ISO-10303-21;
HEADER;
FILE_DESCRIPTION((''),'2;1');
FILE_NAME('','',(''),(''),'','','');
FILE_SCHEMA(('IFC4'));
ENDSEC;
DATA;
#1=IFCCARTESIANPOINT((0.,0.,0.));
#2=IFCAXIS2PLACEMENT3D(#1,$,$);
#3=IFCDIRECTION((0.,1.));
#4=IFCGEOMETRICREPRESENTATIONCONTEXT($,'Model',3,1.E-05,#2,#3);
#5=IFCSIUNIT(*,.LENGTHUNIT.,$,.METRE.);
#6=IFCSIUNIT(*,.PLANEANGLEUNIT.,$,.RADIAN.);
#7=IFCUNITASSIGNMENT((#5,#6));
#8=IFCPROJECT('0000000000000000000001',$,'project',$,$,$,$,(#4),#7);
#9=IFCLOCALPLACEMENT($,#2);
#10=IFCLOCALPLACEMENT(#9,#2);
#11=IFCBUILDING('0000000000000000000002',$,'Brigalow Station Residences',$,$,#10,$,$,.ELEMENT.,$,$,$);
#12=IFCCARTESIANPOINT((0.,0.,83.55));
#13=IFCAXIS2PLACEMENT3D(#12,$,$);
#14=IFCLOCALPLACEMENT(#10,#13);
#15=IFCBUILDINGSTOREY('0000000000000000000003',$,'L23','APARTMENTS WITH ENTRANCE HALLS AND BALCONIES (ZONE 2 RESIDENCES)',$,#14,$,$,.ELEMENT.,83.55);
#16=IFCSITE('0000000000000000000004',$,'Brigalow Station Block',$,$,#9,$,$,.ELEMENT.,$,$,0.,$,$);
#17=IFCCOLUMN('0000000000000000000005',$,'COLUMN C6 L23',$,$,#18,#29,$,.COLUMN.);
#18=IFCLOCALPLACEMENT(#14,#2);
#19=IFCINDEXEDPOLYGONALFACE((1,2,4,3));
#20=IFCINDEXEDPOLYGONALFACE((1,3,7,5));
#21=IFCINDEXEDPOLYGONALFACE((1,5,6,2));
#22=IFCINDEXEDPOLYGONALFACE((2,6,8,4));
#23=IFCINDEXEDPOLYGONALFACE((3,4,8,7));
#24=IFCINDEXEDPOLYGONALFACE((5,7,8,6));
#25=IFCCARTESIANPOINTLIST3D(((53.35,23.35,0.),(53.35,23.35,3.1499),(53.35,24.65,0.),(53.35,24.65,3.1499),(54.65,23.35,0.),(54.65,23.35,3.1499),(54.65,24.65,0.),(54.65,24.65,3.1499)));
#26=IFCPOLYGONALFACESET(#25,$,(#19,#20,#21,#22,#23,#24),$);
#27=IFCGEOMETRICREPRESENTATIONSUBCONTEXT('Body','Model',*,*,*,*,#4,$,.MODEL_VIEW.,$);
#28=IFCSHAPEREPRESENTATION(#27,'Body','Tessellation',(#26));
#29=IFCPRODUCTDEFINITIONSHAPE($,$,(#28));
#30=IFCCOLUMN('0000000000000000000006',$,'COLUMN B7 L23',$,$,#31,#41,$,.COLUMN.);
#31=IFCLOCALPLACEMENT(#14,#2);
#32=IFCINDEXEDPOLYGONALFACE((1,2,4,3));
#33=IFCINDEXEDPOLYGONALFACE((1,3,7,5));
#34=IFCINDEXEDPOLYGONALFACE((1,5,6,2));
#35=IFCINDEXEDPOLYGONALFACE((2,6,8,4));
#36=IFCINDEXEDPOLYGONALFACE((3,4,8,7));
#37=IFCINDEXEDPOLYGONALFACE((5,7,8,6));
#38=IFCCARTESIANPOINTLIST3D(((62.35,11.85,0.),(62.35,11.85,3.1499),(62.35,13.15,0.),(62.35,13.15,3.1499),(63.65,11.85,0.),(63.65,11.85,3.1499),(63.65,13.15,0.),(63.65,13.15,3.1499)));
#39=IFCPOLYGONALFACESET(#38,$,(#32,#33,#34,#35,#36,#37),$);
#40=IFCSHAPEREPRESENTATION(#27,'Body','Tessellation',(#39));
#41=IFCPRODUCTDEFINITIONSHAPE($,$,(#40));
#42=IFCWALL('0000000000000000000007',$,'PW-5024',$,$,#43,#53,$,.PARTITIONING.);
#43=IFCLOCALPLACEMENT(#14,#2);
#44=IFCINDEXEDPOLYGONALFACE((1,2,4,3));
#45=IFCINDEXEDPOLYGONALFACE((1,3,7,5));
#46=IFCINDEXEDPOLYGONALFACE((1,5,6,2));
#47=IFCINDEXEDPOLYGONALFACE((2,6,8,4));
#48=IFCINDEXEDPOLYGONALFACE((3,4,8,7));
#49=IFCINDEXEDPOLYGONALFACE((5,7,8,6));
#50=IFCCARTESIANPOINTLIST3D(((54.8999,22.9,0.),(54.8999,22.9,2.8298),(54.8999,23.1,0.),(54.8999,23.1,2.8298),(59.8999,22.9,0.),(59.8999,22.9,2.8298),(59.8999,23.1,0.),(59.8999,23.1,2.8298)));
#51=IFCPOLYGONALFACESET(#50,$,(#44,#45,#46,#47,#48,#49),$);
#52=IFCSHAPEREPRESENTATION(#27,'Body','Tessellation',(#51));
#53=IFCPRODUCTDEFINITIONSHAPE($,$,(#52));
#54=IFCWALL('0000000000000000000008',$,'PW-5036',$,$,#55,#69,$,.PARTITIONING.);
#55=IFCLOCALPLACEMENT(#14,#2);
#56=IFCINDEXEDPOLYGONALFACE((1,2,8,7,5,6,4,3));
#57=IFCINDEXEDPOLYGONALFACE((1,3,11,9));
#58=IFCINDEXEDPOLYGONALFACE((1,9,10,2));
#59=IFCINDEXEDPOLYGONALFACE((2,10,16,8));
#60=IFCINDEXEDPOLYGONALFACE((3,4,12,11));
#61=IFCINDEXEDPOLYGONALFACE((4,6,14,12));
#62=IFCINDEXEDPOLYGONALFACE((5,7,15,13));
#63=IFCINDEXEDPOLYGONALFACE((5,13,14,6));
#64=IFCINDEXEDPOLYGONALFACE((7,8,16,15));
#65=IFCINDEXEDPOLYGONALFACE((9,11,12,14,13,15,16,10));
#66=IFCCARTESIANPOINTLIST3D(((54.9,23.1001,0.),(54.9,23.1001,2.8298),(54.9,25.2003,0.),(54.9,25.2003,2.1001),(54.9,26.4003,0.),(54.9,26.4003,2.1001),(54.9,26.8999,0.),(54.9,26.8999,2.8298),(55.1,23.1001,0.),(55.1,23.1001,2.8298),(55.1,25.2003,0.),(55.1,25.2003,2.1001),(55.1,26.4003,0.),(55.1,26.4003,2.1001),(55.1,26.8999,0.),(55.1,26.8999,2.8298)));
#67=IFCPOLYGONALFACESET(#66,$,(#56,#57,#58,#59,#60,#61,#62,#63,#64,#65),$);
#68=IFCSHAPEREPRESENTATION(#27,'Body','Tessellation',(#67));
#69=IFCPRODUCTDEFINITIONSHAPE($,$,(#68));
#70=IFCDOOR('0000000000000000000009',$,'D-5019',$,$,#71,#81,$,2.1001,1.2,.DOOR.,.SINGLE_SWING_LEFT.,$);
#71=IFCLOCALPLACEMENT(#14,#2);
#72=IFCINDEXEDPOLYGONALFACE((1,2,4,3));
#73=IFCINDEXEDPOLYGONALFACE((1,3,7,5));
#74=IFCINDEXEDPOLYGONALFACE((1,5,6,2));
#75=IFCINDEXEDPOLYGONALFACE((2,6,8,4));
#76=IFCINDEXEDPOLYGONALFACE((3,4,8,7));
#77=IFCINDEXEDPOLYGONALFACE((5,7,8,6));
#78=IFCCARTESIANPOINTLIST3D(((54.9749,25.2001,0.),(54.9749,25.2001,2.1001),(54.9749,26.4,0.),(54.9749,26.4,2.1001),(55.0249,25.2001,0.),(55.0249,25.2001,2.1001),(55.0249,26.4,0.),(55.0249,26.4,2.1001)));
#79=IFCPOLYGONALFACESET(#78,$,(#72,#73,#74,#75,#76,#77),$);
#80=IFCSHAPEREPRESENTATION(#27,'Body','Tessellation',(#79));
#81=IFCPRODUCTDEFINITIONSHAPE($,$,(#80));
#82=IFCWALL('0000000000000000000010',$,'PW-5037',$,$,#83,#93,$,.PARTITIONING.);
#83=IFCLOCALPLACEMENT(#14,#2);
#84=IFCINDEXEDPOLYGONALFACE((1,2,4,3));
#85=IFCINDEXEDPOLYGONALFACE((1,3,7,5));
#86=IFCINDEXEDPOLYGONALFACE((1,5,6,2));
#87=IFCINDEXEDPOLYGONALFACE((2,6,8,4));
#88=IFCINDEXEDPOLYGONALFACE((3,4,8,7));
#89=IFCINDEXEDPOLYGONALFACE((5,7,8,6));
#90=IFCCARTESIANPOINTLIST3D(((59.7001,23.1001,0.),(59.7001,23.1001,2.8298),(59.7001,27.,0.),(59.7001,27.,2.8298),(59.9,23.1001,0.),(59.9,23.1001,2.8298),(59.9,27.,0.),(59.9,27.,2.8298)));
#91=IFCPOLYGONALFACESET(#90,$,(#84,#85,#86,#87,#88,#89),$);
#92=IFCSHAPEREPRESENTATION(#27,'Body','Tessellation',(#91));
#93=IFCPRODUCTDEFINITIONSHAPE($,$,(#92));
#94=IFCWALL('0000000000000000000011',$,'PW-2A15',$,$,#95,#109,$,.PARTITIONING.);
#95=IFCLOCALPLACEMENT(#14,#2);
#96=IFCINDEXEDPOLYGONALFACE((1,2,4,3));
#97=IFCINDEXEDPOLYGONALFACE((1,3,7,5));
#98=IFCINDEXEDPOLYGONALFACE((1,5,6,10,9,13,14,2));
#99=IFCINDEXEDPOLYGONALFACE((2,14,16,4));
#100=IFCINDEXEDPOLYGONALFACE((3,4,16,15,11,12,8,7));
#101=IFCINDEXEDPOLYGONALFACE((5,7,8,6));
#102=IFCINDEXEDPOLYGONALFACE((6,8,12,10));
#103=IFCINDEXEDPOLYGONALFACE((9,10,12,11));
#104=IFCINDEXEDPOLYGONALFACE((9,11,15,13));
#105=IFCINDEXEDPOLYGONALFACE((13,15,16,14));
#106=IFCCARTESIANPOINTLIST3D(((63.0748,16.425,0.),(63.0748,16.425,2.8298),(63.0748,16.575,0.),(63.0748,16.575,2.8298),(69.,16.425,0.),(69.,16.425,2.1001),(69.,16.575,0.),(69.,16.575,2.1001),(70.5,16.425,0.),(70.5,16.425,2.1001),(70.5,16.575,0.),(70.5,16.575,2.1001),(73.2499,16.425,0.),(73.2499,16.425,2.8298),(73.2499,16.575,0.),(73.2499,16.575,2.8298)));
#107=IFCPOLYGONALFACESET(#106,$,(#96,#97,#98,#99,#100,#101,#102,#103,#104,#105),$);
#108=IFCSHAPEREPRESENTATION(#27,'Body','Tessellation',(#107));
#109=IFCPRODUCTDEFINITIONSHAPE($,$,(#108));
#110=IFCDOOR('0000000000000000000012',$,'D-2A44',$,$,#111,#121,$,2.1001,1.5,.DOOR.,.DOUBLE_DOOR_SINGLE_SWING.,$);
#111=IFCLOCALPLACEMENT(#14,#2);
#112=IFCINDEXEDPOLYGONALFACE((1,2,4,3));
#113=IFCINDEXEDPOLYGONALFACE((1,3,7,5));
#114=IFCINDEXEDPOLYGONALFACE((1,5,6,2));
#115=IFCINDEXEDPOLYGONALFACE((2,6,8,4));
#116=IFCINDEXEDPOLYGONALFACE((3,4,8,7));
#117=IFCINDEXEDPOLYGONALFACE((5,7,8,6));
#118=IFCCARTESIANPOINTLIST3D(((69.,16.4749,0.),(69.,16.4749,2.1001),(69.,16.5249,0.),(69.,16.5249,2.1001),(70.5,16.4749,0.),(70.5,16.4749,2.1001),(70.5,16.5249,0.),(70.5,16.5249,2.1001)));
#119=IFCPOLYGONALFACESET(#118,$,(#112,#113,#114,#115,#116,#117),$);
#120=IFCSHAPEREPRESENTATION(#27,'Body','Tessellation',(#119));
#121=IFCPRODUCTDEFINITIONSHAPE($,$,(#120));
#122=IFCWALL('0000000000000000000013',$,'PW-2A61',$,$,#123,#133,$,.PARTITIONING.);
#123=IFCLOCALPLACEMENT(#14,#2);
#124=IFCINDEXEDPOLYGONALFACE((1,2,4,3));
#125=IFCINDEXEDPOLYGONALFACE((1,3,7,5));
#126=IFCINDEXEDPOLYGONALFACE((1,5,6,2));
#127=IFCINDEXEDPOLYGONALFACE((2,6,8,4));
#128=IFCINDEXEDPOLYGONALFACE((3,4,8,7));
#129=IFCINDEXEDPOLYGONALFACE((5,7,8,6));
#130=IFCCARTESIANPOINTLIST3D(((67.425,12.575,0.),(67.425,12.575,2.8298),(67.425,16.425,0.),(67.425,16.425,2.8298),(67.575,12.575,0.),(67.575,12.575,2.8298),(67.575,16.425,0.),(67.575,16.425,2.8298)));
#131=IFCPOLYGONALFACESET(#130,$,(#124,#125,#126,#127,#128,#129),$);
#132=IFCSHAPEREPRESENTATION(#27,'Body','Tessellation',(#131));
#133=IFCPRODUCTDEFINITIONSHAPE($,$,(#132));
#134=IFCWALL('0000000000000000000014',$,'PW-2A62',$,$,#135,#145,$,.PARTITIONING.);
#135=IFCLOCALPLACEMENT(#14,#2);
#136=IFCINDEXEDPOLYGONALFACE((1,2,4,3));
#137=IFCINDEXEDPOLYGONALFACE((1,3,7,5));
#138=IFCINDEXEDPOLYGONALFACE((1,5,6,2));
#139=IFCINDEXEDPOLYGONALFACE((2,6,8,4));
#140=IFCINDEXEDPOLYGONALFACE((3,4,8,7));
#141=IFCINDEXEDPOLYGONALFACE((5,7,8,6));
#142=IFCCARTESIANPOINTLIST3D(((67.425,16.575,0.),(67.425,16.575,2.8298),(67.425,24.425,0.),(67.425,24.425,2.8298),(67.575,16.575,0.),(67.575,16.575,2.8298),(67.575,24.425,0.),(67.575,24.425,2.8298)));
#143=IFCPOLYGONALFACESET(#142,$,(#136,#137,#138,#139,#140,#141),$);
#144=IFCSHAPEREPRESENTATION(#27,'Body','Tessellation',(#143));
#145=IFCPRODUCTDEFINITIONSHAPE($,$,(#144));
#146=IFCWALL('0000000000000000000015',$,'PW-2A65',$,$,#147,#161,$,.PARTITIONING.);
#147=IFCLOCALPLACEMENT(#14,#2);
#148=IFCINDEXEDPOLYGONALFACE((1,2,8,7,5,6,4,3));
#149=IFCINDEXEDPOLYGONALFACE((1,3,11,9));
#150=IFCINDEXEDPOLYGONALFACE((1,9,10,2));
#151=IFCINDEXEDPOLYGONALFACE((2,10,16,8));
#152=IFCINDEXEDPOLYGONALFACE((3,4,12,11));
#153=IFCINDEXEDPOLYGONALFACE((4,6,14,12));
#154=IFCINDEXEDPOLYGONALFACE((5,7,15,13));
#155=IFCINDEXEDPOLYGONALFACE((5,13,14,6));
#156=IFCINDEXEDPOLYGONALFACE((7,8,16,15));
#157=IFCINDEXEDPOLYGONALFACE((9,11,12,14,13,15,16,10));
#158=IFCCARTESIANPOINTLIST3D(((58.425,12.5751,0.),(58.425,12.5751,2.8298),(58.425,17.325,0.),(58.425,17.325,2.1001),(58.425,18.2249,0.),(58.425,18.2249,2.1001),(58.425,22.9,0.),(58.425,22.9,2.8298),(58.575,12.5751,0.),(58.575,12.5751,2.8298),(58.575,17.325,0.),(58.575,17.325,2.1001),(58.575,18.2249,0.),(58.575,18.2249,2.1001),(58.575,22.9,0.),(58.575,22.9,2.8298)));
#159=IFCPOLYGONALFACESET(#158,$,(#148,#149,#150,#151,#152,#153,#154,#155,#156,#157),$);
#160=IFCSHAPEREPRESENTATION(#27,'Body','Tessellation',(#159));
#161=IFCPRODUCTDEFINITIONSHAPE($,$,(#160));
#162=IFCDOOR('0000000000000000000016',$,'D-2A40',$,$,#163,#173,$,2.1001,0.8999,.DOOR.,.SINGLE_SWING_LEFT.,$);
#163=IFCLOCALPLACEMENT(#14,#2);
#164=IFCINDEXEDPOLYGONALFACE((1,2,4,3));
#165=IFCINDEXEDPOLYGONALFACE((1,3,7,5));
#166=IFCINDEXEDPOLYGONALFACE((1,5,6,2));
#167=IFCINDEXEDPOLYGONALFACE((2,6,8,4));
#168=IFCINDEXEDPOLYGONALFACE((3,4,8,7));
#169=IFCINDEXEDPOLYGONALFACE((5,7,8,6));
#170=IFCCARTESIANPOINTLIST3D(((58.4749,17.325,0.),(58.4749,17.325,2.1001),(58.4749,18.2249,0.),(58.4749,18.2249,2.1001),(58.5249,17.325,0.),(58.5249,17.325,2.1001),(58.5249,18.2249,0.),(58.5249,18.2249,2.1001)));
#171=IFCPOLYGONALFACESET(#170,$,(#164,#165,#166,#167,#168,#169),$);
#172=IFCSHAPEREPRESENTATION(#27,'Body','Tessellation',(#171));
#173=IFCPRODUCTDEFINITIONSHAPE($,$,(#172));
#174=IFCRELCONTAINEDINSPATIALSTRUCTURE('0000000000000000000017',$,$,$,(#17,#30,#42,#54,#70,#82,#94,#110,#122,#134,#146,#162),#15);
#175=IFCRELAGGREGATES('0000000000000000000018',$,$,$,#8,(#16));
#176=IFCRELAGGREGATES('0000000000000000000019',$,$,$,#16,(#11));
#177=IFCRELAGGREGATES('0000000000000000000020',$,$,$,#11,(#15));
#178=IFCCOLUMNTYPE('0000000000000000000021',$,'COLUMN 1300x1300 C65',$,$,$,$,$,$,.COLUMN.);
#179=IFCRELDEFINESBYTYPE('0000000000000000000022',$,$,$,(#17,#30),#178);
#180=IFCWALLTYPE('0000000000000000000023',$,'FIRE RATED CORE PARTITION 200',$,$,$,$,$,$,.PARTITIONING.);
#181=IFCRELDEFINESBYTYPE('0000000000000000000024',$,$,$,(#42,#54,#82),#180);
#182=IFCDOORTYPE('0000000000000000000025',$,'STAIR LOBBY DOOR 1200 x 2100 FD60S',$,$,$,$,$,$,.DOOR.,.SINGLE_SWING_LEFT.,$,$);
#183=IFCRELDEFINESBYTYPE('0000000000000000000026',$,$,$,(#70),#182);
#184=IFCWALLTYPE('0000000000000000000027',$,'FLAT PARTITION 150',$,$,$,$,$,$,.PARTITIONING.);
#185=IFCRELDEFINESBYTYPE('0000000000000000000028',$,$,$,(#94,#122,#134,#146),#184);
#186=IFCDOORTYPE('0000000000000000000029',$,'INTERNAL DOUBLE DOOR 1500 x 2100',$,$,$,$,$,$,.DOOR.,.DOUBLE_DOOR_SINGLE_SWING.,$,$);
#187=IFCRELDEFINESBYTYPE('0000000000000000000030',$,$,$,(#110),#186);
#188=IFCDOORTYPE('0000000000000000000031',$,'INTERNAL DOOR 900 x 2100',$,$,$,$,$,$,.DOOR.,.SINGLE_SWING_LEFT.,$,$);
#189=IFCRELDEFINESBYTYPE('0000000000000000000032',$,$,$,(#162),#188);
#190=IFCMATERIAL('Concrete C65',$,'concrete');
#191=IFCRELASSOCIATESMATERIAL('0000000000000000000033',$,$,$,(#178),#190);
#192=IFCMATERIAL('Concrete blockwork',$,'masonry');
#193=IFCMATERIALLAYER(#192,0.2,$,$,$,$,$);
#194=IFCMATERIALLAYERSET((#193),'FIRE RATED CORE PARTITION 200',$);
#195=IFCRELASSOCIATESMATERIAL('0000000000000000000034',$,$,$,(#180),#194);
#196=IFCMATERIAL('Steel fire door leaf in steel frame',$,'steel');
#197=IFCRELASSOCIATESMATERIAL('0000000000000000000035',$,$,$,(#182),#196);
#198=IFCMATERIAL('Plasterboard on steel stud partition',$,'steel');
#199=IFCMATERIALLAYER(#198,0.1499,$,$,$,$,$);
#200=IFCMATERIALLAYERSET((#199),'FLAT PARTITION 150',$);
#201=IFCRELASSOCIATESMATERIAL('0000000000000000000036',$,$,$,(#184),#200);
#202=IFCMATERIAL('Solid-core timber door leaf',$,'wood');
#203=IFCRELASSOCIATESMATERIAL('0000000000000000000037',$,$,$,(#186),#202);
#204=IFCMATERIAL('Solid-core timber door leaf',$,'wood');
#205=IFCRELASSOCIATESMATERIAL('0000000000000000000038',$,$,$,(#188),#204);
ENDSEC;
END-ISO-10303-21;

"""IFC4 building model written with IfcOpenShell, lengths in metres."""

from ifc_helpers import new_model, si_unit, direction, frame, frame_2d, origin, origin_2d, place, context, subcontext, project, spatial, rectangle, extrude, material, layer, layer_set, material_profile, profile_set, type_object, element, fill, save


model = new_model("IFC4")

# Units and contexts
model_context = context("Model", 3, precision=1e-05, world=origin(), true_north=direction((0.0, 1.0)))
body_context = subcontext(model_context, "Body", "Model", "MODEL_VIEW")
ifc_project = project(units=[si_unit("LENGTHUNIT", "METRE"), si_unit("PLANEANGLEUNIT", "RADIAN")], contexts=[model_context])

# Site, building, storey
site_placement = place(None, origin())
site = spatial("IfcSite", under=ifc_project, at=site_placement, Name="Brigalow Station Block", CompositionType="ELEMENT", RefElevation=0.0)
building_placement = place(site_placement, origin())
building = spatial("IfcBuilding", under=site, at=building_placement, Name="Brigalow Station Residences", CompositionType="ELEMENT")
storey_placement = place(building_placement, frame((0.0, 0.0, 83.55)))
storey = spatial("IfcBuildingStorey", under=building, at=storey_placement, Name="L23", Description="APARTMENTS WITH ENTRANCE HALLS AND BALCONIES (ZONE 2 RESIDENCES)", CompositionType="ELEMENT", Elevation=83.55)

# Columns
ifc_material_1 = material(Name="Concrete C65", Category="concrete")
ifc_material_profile = material_profile(ifc_material_1, rectangle(XDim=1.3, YDim=1.3, at=origin_2d()), Name="RC1300x1300")
ifc_profile_set = profile_set([ifc_material_profile], Name="Concrete C65")
column_type = type_object("IfcColumnType", Name="COLUMN 1300x1300 C65", PredefinedType="COLUMN", material=ifc_profile_set)
for number, where, z_axis, x_axis, name in (
    (1, (54.0, 24.0, 0.0), (0.0, 0.0, 1.0), (1.0, 0.0, 0.0), "COLUMN C6 L23"),
    (2, (63.0, 12.5, 0.0), (0.0, 0.0, 1.0), (1.0, 0.0, 0.0), "COLUMN B7 L23"),
):
    element("IfcColumn", number, at=place(storey_placement, frame(where, z_axis=z_axis, x_axis=x_axis)), inside=storey, type_object=column_type, Name=name, PredefinedType="COLUMN", context=body_context, shape_type="SweptSolid", body=[
        extrude(rectangle(XDim=1.3, YDim=1.3, at=origin_2d()), origin(), (0.0, 0.0, 1.0), 3.1499),
    ])

# Wall
ifc_material_2 = material(Name="Concrete blockwork", Category="masonry")
ifc_layer_1 = layer(ifc_material_2, 0.2)
ifc_layer_set_1 = layer_set([ifc_layer_1], Name="FIRE RATED CORE PARTITION 200")
wall_type_1 = type_object("IfcWallType", Name="FIRE RATED CORE PARTITION 200", PredefinedType="PARTITIONING", material=ifc_layer_set_1)
wall_1_placement = place(storey_placement, frame((54.8999, 23.0, 0.0), z_axis=(0.0, 0.0, 1.0), x_axis=(1.0, 0.0, 0.0)))
element("IfcWall", 3, at=wall_1_placement, inside=storey, type_object=wall_type_1, Name="PW-5024", PredefinedType="PARTITIONING", context=body_context, shape_type="SweptSolid", body=[
    extrude(rectangle(XDim=5.0, YDim=0.2, at=frame_2d((2.5, 0.0))), origin(), (0.0, 0.0, 1.0), 2.8298),
])

# Wall, opening, door
wall_2_placement = place(storey_placement, frame((55.0, 23.1001, 0.0), z_axis=(0.0, 0.0, 1.0), x_axis=(0.0, 1.0, 0.0)))
wall_2 = element("IfcWall", 4, at=wall_2_placement, inside=storey, type_object=wall_type_1, Name="PW-5036", PredefinedType="PARTITIONING", context=body_context, shape_type="SweptSolid", body=[
    extrude(rectangle(XDim=3.7998, YDim=0.2, at=frame_2d((1.8999, 0.0))), origin(), (0.0, 0.0, 1.0), 2.8298),
])
opening_1_placement = place(wall_2_placement, frame((2.1001, 0.0, 0.0)))
opening_1 = element("IfcOpeningElement", 5, at=opening_1_placement, cuts=wall_2, PredefinedType="OPENING", context=body_context, shape_type="SweptSolid", body=[
    extrude(rectangle(XDim=1.2, YDim=2.1001, at=frame_2d((0.6001, 1.05))), frame((0.0, 0.1099, 0.0), z_axis=(0.0, -1.0, 0.0), x_axis=(1.0, 0.0, 0.0)), (0.0, 0.0, 1.0), 0.22),
])
ifc_material_3 = material(Name="Steel fire door leaf in steel frame", Category="steel")
door_type_1 = type_object("IfcDoorType", Name="STAIR LOBBY DOOR 1200 x 2100 FD60S", OperationType="SINGLE_SWING_LEFT", PredefinedType="DOOR", material=ifc_material_3)
door_1_placement = place(opening_1_placement, frame((1.2, 0.0, 0.0), z_axis=(0.0, 0.0, 1.0), x_axis=(-1.0, 0.0, 0.0)))
door_1 = element("IfcDoor", 6, at=door_1_placement, inside=storey, type_object=door_type_1, Name="D-5019", OperationType="SINGLE_SWING_LEFT", OverallHeight=2.1001, OverallWidth=1.2, PredefinedType="DOOR", context=body_context, shape_type="SweptSolid", body=[
    extrude(rectangle(XDim=1.2, YDim=2.1001, at=frame_2d((0.6001, 1.05))), frame((0.0, 0.0249, 0.0), z_axis=(0.0, -1.0, 0.0), x_axis=(1.0, 0.0, 0.0)), (0.0, 0.0, 1.0), 0.05),
])
fill(opening_1, door_1)

# Wall
wall_3_placement = place(storey_placement, frame((59.8, 23.1001, 0.0), z_axis=(0.0, 0.0, 1.0), x_axis=(0.0, 1.0, 0.0)))
element("IfcWall", 7, at=wall_3_placement, inside=storey, type_object=wall_type_1, Name="PW-5037", PredefinedType="PARTITIONING", context=body_context, shape_type="SweptSolid", body=[
    extrude(rectangle(XDim=3.8999, YDim=0.2, at=frame_2d((1.95, 0.0))), origin(), (0.0, 0.0, 1.0), 2.8298),
])

# Wall, opening, door
ifc_material_4 = material(Name="Plasterboard on steel stud partition", Category="steel")
ifc_layer_2 = layer(ifc_material_4, 0.1499)
ifc_layer_set_2 = layer_set([ifc_layer_2], Name="FLAT PARTITION 150")
wall_type_2 = type_object("IfcWallType", Name="FLAT PARTITION 150", PredefinedType="PARTITIONING", material=ifc_layer_set_2)
wall_4_placement = place(storey_placement, frame((63.075, 16.5, 0.0), z_axis=(0.0, 0.0, 1.0), x_axis=(1.0, 0.0, 0.0)))
wall_4 = element("IfcWall", 8, at=wall_4_placement, inside=storey, type_object=wall_type_2, Name="PW-2A15", PredefinedType="PARTITIONING", context=body_context, shape_type="SweptSolid", body=[
    extrude(rectangle(XDim=10.175, YDim=0.1499, at=frame_2d((5.0874, 0.0))), origin(), (0.0, 0.0, 1.0), 2.8298),
])
opening_2_placement = place(wall_4_placement, frame((5.925, 0.0, 0.0)))
opening_2 = element("IfcOpeningElement", 9, at=opening_2_placement, cuts=wall_4, PredefinedType="OPENING", context=body_context, shape_type="SweptSolid", body=[
    extrude(rectangle(XDim=1.5, YDim=2.1001, at=frame_2d((0.75, 1.05))), frame((0.0, 0.085, 0.0), z_axis=(0.0, -1.0, 0.0), x_axis=(1.0, 0.0, 0.0)), (0.0, 0.0, 1.0), 0.1699),
])
ifc_material_5 = material(Name="Solid-core timber door leaf", Category="wood")
door_type_2 = type_object("IfcDoorType", Name="INTERNAL DOUBLE DOOR 1500 x 2100", OperationType="DOUBLE_DOOR_SINGLE_SWING", PredefinedType="DOOR", material=ifc_material_5)
door_2_placement = place(opening_2_placement, origin())
door_2 = element("IfcDoor", 10, at=door_2_placement, inside=storey, type_object=door_type_2, Name="D-2A44", OperationType="DOUBLE_DOOR_SINGLE_SWING", OverallHeight=2.1001, OverallWidth=1.5, PredefinedType="DOOR", context=body_context, shape_type="SweptSolid", body=[
    extrude(rectangle(XDim=1.5, YDim=2.1001, at=frame_2d((0.75, 1.05))), frame((0.0, 0.0249, 0.0), z_axis=(0.0, -1.0, 0.0), x_axis=(1.0, 0.0, 0.0)), (0.0, 0.0, 1.0), 0.05),
])
fill(opening_2, door_2)

# Walls
wall_5_placement = place(storey_placement, frame((67.5, 12.575, 0.0), z_axis=(0.0, 0.0, 1.0), x_axis=(0.0, 1.0, 0.0)))
element("IfcWall", 11, at=wall_5_placement, inside=storey, type_object=wall_type_2, Name="PW-2A61", PredefinedType="PARTITIONING", context=body_context, shape_type="SweptSolid", body=[
    extrude(rectangle(XDim=3.8501, YDim=0.1499, at=frame_2d((1.925, 0.0))), origin(), (0.0, 0.0, 1.0), 2.8298),
])
wall_6_placement = place(storey_placement, frame((67.5, 16.575, 0.0), z_axis=(0.0, 0.0, 1.0), x_axis=(0.0, 1.0, 0.0)))
element("IfcWall", 12, at=wall_6_placement, inside=storey, type_object=wall_type_2, Name="PW-2A62", PredefinedType="PARTITIONING", context=body_context, shape_type="SweptSolid", body=[
    extrude(rectangle(XDim=7.8501, YDim=0.1499, at=frame_2d((3.925, 0.0))), origin(), (0.0, 0.0, 1.0), 2.8298),
])

# Wall, opening, door
wall_7_placement = place(storey_placement, frame((58.5, 12.575, 0.0), z_axis=(0.0, 0.0, 1.0), x_axis=(0.0, 1.0, 0.0)))
wall_7 = element("IfcWall", 13, at=wall_7_placement, inside=storey, type_object=wall_type_2, Name="PW-2A65", PredefinedType="PARTITIONING", context=body_context, shape_type="SweptSolid", body=[
    extrude(rectangle(XDim=10.325, YDim=0.1499, at=frame_2d((5.1626, 0.0))), origin(), (0.0, 0.0, 1.0), 2.8298),
])
opening_3_placement = place(wall_7_placement, frame((4.75, 0.0, 0.0)))
opening_3 = element("IfcOpeningElement", 14, at=opening_3_placement, cuts=wall_7, PredefinedType="OPENING", context=body_context, shape_type="SweptSolid", body=[
    extrude(rectangle(XDim=0.8999, YDim=2.1001, at=frame_2d((0.45, 1.05))), frame((0.0, 0.085, 0.0), z_axis=(0.0, -1.0, 0.0), x_axis=(1.0, 0.0, 0.0)), (0.0, 0.0, 1.0), 0.1699),
])
ifc_material_6 = material(Name="Solid-core timber door leaf", Category="wood")
door_type_3 = type_object("IfcDoorType", Name="INTERNAL DOOR 900 x 2100", OperationType="SINGLE_SWING_LEFT", PredefinedType="DOOR", material=ifc_material_6)
door_3_placement = place(opening_3_placement, frame((0.8999, 0.0, 0.0), z_axis=(0.0, 0.0, 1.0), x_axis=(-1.0, 0.0, 0.0)))
door_3 = element("IfcDoor", 15, at=door_3_placement, inside=storey, type_object=door_type_3, Name="D-2A40", OperationType="SINGLE_SWING_LEFT", OverallHeight=2.1001, OverallWidth=0.8999, PredefinedType="DOOR", context=body_context, shape_type="SweptSolid", body=[
    extrude(rectangle(XDim=0.8999, YDim=2.1001, at=frame_2d((0.45, 1.05))), frame((0.0, 0.0249, 0.0), z_axis=(0.0, -1.0, 0.0), x_axis=(1.0, 0.0, 0.0)), (0.0, 0.0, 1.0), 0.05),
])
fill(opening_3, door_3)

save(model, "model.ifc")
